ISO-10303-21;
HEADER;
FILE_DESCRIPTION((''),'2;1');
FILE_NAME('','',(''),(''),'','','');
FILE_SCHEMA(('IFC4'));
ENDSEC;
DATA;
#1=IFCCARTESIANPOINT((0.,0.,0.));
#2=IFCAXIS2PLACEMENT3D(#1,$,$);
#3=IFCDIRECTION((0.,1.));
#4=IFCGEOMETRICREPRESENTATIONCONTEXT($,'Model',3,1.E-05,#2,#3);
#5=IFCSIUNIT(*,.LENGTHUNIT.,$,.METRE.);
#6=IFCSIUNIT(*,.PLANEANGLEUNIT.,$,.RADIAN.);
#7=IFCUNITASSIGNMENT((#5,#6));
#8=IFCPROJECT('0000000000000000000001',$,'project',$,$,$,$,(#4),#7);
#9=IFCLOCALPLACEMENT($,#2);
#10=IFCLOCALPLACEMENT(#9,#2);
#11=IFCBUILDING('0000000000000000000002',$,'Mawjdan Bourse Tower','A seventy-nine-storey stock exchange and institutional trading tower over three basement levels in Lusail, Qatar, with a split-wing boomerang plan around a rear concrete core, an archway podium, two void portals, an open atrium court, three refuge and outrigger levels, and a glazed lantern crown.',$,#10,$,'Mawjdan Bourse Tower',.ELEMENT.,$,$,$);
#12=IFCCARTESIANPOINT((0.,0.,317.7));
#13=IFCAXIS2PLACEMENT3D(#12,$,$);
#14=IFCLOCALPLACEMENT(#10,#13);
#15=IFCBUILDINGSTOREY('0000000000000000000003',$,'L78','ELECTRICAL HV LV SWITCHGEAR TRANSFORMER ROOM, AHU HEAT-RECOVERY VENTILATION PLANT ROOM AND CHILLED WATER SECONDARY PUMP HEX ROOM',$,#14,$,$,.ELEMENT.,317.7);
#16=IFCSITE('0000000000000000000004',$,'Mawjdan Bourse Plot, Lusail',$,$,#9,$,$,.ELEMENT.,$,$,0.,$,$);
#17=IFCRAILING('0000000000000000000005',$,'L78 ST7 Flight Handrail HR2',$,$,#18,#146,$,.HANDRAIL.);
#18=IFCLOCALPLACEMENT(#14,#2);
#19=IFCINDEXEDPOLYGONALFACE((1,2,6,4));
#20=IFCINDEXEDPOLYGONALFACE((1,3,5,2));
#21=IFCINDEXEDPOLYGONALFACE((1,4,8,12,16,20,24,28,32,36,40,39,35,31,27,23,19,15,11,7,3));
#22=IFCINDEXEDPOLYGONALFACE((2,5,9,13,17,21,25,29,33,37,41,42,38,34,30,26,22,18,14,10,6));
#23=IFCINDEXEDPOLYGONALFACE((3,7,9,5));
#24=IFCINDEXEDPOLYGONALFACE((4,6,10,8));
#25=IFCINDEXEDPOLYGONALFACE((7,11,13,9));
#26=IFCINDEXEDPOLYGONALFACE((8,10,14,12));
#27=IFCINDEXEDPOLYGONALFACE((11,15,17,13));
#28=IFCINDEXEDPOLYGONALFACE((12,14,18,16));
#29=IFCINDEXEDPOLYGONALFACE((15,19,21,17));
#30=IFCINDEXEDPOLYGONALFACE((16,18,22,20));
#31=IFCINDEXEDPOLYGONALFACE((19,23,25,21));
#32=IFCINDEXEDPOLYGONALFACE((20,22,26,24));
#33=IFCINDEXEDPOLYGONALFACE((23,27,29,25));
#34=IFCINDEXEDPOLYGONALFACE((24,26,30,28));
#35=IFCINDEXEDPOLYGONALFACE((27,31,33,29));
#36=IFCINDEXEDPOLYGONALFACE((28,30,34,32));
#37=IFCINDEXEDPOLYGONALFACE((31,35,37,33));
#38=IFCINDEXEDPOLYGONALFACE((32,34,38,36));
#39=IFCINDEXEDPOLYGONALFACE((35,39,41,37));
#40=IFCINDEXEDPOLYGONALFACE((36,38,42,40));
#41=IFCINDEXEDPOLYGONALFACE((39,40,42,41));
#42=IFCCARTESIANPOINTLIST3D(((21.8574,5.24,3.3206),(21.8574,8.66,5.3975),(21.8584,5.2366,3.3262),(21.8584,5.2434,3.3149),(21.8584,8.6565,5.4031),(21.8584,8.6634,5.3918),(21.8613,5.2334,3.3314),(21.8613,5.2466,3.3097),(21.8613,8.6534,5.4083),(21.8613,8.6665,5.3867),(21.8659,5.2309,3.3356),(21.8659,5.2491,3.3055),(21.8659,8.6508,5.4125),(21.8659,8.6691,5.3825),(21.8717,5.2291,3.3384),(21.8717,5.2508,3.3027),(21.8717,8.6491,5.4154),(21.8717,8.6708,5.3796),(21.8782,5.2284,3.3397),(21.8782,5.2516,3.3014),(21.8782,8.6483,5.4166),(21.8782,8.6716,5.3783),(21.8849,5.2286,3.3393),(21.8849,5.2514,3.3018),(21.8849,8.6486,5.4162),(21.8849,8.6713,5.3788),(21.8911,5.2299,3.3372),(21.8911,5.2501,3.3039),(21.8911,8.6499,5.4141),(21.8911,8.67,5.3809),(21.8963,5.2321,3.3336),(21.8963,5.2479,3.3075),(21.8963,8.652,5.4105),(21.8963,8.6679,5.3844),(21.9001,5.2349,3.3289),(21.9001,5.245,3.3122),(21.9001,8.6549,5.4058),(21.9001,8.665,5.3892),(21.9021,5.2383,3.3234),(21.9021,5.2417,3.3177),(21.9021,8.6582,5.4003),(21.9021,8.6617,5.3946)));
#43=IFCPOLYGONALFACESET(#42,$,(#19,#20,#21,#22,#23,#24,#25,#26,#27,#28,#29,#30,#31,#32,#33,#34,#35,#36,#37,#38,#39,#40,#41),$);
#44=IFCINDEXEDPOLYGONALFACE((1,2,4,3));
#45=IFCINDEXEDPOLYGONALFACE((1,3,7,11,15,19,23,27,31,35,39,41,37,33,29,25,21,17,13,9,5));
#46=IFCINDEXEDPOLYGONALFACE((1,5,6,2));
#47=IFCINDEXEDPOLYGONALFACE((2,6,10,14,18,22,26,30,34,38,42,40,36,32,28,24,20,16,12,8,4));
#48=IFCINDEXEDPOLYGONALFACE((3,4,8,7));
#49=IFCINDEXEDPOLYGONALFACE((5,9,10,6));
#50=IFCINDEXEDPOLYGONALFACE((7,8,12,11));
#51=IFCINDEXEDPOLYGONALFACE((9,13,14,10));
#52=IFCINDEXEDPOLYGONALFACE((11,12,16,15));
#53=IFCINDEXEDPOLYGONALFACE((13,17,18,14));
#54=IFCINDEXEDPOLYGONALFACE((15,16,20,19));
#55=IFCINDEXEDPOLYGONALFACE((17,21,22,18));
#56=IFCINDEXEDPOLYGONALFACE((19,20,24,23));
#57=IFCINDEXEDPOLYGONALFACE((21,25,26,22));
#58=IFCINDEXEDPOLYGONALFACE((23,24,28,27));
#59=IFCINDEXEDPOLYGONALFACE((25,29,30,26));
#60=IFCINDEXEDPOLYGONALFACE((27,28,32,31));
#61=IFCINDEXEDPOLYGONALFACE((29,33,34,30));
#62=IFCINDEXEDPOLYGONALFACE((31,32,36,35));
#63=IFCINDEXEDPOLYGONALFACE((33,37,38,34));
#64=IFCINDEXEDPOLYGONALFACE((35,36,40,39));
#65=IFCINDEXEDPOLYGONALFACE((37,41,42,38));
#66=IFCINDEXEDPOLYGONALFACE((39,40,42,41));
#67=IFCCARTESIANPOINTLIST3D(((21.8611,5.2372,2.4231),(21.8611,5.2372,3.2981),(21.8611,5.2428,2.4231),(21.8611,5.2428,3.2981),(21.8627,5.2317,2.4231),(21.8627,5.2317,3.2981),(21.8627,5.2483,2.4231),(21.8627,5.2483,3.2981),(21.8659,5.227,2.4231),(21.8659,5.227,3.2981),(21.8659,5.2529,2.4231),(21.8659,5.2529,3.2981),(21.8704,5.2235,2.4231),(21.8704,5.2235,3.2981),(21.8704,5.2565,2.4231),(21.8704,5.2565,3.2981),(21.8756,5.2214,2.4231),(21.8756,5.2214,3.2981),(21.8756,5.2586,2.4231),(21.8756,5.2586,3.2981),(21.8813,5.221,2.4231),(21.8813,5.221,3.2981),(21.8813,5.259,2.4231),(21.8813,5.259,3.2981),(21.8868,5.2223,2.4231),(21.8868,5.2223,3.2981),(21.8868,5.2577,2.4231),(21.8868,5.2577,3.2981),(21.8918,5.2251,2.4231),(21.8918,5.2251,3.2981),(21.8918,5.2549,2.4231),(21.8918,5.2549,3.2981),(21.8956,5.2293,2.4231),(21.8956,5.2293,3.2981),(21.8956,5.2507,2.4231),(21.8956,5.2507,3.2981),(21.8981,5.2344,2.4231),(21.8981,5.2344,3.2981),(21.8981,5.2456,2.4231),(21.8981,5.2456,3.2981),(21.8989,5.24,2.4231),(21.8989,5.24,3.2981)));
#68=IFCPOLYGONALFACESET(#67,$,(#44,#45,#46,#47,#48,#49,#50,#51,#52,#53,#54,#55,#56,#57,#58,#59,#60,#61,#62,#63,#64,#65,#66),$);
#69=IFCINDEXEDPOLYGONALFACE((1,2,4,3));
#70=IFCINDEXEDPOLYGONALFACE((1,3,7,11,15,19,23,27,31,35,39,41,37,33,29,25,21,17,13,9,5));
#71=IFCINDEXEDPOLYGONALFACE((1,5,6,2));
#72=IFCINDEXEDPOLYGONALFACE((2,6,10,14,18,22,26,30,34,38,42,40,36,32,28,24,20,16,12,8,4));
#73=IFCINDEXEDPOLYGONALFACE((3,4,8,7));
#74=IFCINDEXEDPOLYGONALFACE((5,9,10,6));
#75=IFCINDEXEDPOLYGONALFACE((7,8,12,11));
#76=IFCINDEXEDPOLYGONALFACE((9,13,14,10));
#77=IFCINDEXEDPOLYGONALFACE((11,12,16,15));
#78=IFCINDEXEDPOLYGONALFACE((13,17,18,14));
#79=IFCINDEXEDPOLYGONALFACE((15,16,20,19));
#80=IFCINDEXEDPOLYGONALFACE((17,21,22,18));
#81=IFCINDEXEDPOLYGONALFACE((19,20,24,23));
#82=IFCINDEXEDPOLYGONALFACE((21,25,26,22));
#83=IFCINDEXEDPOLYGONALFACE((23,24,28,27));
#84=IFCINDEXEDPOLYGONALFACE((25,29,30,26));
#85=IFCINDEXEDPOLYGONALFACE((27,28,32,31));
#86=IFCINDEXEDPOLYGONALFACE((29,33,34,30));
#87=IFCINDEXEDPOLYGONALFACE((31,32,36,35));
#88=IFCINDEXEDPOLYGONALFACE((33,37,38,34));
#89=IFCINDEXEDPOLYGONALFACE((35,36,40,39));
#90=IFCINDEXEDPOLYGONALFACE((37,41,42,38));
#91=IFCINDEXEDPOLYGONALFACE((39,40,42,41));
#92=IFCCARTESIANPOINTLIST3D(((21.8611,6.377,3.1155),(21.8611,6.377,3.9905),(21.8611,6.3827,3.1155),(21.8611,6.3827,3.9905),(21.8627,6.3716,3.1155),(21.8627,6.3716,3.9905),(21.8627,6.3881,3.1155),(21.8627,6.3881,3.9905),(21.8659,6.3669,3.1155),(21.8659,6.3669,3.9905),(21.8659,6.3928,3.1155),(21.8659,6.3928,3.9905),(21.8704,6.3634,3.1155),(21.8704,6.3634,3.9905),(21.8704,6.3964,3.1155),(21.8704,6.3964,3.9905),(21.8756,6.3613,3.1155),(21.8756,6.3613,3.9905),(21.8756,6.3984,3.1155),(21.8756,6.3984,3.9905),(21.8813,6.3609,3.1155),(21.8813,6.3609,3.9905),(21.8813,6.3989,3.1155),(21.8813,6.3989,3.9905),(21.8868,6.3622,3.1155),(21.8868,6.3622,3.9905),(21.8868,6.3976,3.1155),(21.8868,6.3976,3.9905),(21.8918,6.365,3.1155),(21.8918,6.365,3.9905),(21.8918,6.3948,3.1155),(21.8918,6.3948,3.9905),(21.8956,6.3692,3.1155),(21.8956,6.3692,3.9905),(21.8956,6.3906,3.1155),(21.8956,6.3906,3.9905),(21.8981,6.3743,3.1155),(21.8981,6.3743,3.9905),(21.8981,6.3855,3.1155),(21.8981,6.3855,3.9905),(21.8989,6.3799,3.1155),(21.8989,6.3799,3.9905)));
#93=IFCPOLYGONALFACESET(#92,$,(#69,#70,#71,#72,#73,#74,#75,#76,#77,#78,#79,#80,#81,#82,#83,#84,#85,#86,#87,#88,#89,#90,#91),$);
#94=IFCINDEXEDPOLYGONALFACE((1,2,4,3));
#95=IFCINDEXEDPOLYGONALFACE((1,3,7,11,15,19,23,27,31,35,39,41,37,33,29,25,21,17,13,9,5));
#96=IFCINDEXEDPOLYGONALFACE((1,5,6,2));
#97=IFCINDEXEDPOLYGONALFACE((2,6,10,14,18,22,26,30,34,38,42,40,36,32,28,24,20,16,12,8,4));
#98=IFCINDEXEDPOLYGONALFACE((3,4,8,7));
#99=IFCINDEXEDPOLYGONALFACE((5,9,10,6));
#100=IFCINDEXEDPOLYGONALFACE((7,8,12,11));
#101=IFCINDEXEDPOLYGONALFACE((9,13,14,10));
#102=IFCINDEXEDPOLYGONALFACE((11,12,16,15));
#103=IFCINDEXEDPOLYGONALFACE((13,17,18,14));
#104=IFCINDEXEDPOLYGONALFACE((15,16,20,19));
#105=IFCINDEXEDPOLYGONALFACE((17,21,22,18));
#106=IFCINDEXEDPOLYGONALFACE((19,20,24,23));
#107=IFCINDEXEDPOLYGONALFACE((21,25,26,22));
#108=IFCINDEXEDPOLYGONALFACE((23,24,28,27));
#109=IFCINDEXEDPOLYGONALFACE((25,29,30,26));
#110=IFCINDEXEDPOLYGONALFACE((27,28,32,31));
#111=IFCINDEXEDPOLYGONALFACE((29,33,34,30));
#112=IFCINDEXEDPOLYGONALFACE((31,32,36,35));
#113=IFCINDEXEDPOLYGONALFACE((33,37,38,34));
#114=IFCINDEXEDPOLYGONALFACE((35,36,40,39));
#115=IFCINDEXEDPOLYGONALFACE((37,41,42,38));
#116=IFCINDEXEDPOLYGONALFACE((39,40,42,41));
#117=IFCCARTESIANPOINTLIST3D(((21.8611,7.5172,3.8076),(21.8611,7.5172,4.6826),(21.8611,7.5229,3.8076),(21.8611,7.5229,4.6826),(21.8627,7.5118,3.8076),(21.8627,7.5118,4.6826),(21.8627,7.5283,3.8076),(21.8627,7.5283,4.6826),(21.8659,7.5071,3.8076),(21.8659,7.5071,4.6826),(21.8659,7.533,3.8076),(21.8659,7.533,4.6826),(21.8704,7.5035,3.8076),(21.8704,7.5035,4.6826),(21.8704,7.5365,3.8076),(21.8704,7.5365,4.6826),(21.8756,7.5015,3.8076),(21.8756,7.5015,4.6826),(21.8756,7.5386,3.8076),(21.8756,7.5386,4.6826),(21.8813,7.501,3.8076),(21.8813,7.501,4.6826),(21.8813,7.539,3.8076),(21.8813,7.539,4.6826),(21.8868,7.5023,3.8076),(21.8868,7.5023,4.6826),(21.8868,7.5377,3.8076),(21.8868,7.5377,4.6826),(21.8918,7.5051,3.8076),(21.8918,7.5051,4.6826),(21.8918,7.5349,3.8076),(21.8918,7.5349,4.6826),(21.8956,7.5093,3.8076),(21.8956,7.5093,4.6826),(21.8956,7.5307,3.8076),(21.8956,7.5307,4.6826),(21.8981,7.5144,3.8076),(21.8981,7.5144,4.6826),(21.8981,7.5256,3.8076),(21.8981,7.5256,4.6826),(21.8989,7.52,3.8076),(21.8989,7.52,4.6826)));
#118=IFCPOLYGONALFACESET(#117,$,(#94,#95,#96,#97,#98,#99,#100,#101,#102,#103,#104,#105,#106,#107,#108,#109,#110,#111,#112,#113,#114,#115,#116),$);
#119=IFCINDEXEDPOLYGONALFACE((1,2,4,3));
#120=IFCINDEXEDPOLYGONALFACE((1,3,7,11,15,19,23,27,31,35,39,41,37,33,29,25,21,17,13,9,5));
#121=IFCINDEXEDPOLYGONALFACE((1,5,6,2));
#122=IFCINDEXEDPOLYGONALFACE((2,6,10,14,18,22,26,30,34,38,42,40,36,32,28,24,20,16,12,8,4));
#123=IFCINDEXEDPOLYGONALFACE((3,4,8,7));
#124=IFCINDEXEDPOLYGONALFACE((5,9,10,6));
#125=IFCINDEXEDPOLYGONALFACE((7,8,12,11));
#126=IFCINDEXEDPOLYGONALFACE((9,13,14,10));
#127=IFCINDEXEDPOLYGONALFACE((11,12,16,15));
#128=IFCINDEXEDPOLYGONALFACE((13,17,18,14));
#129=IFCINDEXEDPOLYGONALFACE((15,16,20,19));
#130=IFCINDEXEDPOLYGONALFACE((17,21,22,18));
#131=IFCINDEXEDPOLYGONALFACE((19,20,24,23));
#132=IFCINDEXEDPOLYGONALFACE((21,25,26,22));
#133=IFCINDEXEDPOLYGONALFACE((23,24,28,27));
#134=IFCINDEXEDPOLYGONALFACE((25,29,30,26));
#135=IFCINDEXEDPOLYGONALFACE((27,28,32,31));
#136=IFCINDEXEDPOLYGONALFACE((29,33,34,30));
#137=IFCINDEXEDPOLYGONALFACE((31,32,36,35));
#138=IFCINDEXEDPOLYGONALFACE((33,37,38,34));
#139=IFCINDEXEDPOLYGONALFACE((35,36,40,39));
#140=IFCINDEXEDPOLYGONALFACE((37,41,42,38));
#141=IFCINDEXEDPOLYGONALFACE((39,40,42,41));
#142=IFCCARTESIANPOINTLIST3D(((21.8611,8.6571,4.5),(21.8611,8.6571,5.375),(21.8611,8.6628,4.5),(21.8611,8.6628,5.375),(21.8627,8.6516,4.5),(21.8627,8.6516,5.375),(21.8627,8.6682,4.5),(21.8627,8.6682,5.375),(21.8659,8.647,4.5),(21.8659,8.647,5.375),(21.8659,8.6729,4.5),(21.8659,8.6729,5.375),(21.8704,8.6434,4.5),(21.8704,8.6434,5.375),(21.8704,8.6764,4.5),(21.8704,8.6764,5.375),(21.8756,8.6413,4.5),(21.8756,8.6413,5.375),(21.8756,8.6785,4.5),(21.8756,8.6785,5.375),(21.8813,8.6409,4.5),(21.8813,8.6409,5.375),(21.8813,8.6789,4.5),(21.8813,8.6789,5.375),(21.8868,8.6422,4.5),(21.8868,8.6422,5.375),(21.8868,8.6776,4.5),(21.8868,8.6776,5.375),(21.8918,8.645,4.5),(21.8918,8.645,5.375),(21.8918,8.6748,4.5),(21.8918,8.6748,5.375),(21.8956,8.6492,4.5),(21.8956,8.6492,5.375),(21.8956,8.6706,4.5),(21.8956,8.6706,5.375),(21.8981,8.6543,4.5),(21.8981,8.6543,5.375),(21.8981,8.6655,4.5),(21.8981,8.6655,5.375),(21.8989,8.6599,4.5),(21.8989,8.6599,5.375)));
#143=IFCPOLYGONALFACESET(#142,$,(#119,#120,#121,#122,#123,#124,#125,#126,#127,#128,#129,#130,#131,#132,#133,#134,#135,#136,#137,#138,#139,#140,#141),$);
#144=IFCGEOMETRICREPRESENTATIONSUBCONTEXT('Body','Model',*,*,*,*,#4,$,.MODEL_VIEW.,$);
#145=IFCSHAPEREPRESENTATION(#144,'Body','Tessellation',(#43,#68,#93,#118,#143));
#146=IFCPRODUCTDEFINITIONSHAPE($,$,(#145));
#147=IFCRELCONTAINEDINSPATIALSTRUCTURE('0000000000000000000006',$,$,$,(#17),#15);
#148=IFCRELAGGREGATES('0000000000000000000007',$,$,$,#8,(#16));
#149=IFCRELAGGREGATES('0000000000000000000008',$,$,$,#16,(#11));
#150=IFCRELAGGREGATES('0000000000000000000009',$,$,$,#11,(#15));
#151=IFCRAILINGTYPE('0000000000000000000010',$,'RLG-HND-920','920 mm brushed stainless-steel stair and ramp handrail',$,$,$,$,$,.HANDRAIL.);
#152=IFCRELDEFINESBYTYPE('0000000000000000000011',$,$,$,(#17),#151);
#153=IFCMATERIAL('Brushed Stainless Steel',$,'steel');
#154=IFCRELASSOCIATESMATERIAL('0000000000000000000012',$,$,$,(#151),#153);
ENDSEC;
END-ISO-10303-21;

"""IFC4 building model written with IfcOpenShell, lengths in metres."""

from ifc_helpers import new_model, si_unit, direction, frame, origin, origin_2d, place, context, subcontext, project, spatial, circle, extrude, material, type_object, element, save


model = new_model("IFC4")

# Units and contexts
model_context = context("Model", 3, precision=1e-05, world=origin(), true_north=direction((0.0, 1.0)))
body_context = subcontext(model_context, "Body", "Model", "MODEL_VIEW")
ifc_project = project(units=[si_unit("LENGTHUNIT", "METRE"), si_unit("PLANEANGLEUNIT", "RADIAN")], contexts=[model_context])

# Site, building, storey
site_placement = place(None, origin())
site = spatial("IfcSite", under=ifc_project, at=site_placement, Name="Mawjdan Bourse Plot, Lusail", CompositionType="ELEMENT", RefElevation=0.0)
building_placement = place(site_placement, origin())
building = spatial("IfcBuilding", under=site, at=building_placement, Name="Mawjdan Bourse Tower", Description="A seventy-nine-storey stock exchange and institutional trading tower over three basement levels in Lusail, Qatar, with a split-wing boomerang plan around a rear concrete core, an archway podium, two void portals, an open atrium court, three refuge and outrigger levels, and a glazed lantern crown.", LongName="Mawjdan Bourse Tower", CompositionType="ELEMENT")
storey_placement = place(building_placement, frame((0.0, 0.0, 317.7)))
storey = spatial("IfcBuildingStorey", under=building, at=storey_placement, Name="L78", Description="ELECTRICAL HV LV SWITCHGEAR TRANSFORMER ROOM, AHU HEAT-RECOVERY VENTILATION PLANT ROOM AND CHILLED WATER SECONDARY PUMP HEX ROOM", CompositionType="ELEMENT", Elevation=317.7)

# Railing
ifc_material_1 = material(Name="Brushed Stainless Steel", Category="steel")
railing_type_1 = type_object("IfcRailingType", Name="RLG-HND-920", Description="920 mm brushed stainless-steel stair and ramp handrail", PredefinedType="HANDRAIL", material=ifc_material_1)
railing_1_placement = place(storey_placement, frame((21.8799, 5.24, 2.4231)))
element("IfcRailing", 1, at=railing_1_placement, inside=storey, type_object=railing_type_1, Name="L78 ST7 Flight Handrail HR2", PredefinedType="HANDRAIL", context=body_context, shape_type="SweptSolid", body=[
    extrude(circle(Radius=0.0225, at=origin_2d()), frame((0.0, 0.0, 0.8975), z_axis=(0.0, 0.85473, 0.519074), x_axis=(-1.0, 0.0, 0.0)), (0.0, 0.0, 1.0), 4.0012),
    extrude(circle(Radius=0.019, at=origin_2d()), origin(), (0.0, 0.0, 1.0), 0.875),
    extrude(circle(Radius=0.019, at=origin_2d()), frame((0.0, 1.1399, 0.6924)), (0.0, 0.0, 1.0), 0.875),
    extrude(circle(Radius=0.019, at=origin_2d()), frame((0.0, 2.28, 1.3845)), (0.0, 0.0, 1.0), 0.875),
    extrude(circle(Radius=0.019, at=origin_2d()), frame((0.0, 3.4199, 2.0769)), (0.0, 0.0, 1.0), 0.875),
])

save(model, "model.ifc")
